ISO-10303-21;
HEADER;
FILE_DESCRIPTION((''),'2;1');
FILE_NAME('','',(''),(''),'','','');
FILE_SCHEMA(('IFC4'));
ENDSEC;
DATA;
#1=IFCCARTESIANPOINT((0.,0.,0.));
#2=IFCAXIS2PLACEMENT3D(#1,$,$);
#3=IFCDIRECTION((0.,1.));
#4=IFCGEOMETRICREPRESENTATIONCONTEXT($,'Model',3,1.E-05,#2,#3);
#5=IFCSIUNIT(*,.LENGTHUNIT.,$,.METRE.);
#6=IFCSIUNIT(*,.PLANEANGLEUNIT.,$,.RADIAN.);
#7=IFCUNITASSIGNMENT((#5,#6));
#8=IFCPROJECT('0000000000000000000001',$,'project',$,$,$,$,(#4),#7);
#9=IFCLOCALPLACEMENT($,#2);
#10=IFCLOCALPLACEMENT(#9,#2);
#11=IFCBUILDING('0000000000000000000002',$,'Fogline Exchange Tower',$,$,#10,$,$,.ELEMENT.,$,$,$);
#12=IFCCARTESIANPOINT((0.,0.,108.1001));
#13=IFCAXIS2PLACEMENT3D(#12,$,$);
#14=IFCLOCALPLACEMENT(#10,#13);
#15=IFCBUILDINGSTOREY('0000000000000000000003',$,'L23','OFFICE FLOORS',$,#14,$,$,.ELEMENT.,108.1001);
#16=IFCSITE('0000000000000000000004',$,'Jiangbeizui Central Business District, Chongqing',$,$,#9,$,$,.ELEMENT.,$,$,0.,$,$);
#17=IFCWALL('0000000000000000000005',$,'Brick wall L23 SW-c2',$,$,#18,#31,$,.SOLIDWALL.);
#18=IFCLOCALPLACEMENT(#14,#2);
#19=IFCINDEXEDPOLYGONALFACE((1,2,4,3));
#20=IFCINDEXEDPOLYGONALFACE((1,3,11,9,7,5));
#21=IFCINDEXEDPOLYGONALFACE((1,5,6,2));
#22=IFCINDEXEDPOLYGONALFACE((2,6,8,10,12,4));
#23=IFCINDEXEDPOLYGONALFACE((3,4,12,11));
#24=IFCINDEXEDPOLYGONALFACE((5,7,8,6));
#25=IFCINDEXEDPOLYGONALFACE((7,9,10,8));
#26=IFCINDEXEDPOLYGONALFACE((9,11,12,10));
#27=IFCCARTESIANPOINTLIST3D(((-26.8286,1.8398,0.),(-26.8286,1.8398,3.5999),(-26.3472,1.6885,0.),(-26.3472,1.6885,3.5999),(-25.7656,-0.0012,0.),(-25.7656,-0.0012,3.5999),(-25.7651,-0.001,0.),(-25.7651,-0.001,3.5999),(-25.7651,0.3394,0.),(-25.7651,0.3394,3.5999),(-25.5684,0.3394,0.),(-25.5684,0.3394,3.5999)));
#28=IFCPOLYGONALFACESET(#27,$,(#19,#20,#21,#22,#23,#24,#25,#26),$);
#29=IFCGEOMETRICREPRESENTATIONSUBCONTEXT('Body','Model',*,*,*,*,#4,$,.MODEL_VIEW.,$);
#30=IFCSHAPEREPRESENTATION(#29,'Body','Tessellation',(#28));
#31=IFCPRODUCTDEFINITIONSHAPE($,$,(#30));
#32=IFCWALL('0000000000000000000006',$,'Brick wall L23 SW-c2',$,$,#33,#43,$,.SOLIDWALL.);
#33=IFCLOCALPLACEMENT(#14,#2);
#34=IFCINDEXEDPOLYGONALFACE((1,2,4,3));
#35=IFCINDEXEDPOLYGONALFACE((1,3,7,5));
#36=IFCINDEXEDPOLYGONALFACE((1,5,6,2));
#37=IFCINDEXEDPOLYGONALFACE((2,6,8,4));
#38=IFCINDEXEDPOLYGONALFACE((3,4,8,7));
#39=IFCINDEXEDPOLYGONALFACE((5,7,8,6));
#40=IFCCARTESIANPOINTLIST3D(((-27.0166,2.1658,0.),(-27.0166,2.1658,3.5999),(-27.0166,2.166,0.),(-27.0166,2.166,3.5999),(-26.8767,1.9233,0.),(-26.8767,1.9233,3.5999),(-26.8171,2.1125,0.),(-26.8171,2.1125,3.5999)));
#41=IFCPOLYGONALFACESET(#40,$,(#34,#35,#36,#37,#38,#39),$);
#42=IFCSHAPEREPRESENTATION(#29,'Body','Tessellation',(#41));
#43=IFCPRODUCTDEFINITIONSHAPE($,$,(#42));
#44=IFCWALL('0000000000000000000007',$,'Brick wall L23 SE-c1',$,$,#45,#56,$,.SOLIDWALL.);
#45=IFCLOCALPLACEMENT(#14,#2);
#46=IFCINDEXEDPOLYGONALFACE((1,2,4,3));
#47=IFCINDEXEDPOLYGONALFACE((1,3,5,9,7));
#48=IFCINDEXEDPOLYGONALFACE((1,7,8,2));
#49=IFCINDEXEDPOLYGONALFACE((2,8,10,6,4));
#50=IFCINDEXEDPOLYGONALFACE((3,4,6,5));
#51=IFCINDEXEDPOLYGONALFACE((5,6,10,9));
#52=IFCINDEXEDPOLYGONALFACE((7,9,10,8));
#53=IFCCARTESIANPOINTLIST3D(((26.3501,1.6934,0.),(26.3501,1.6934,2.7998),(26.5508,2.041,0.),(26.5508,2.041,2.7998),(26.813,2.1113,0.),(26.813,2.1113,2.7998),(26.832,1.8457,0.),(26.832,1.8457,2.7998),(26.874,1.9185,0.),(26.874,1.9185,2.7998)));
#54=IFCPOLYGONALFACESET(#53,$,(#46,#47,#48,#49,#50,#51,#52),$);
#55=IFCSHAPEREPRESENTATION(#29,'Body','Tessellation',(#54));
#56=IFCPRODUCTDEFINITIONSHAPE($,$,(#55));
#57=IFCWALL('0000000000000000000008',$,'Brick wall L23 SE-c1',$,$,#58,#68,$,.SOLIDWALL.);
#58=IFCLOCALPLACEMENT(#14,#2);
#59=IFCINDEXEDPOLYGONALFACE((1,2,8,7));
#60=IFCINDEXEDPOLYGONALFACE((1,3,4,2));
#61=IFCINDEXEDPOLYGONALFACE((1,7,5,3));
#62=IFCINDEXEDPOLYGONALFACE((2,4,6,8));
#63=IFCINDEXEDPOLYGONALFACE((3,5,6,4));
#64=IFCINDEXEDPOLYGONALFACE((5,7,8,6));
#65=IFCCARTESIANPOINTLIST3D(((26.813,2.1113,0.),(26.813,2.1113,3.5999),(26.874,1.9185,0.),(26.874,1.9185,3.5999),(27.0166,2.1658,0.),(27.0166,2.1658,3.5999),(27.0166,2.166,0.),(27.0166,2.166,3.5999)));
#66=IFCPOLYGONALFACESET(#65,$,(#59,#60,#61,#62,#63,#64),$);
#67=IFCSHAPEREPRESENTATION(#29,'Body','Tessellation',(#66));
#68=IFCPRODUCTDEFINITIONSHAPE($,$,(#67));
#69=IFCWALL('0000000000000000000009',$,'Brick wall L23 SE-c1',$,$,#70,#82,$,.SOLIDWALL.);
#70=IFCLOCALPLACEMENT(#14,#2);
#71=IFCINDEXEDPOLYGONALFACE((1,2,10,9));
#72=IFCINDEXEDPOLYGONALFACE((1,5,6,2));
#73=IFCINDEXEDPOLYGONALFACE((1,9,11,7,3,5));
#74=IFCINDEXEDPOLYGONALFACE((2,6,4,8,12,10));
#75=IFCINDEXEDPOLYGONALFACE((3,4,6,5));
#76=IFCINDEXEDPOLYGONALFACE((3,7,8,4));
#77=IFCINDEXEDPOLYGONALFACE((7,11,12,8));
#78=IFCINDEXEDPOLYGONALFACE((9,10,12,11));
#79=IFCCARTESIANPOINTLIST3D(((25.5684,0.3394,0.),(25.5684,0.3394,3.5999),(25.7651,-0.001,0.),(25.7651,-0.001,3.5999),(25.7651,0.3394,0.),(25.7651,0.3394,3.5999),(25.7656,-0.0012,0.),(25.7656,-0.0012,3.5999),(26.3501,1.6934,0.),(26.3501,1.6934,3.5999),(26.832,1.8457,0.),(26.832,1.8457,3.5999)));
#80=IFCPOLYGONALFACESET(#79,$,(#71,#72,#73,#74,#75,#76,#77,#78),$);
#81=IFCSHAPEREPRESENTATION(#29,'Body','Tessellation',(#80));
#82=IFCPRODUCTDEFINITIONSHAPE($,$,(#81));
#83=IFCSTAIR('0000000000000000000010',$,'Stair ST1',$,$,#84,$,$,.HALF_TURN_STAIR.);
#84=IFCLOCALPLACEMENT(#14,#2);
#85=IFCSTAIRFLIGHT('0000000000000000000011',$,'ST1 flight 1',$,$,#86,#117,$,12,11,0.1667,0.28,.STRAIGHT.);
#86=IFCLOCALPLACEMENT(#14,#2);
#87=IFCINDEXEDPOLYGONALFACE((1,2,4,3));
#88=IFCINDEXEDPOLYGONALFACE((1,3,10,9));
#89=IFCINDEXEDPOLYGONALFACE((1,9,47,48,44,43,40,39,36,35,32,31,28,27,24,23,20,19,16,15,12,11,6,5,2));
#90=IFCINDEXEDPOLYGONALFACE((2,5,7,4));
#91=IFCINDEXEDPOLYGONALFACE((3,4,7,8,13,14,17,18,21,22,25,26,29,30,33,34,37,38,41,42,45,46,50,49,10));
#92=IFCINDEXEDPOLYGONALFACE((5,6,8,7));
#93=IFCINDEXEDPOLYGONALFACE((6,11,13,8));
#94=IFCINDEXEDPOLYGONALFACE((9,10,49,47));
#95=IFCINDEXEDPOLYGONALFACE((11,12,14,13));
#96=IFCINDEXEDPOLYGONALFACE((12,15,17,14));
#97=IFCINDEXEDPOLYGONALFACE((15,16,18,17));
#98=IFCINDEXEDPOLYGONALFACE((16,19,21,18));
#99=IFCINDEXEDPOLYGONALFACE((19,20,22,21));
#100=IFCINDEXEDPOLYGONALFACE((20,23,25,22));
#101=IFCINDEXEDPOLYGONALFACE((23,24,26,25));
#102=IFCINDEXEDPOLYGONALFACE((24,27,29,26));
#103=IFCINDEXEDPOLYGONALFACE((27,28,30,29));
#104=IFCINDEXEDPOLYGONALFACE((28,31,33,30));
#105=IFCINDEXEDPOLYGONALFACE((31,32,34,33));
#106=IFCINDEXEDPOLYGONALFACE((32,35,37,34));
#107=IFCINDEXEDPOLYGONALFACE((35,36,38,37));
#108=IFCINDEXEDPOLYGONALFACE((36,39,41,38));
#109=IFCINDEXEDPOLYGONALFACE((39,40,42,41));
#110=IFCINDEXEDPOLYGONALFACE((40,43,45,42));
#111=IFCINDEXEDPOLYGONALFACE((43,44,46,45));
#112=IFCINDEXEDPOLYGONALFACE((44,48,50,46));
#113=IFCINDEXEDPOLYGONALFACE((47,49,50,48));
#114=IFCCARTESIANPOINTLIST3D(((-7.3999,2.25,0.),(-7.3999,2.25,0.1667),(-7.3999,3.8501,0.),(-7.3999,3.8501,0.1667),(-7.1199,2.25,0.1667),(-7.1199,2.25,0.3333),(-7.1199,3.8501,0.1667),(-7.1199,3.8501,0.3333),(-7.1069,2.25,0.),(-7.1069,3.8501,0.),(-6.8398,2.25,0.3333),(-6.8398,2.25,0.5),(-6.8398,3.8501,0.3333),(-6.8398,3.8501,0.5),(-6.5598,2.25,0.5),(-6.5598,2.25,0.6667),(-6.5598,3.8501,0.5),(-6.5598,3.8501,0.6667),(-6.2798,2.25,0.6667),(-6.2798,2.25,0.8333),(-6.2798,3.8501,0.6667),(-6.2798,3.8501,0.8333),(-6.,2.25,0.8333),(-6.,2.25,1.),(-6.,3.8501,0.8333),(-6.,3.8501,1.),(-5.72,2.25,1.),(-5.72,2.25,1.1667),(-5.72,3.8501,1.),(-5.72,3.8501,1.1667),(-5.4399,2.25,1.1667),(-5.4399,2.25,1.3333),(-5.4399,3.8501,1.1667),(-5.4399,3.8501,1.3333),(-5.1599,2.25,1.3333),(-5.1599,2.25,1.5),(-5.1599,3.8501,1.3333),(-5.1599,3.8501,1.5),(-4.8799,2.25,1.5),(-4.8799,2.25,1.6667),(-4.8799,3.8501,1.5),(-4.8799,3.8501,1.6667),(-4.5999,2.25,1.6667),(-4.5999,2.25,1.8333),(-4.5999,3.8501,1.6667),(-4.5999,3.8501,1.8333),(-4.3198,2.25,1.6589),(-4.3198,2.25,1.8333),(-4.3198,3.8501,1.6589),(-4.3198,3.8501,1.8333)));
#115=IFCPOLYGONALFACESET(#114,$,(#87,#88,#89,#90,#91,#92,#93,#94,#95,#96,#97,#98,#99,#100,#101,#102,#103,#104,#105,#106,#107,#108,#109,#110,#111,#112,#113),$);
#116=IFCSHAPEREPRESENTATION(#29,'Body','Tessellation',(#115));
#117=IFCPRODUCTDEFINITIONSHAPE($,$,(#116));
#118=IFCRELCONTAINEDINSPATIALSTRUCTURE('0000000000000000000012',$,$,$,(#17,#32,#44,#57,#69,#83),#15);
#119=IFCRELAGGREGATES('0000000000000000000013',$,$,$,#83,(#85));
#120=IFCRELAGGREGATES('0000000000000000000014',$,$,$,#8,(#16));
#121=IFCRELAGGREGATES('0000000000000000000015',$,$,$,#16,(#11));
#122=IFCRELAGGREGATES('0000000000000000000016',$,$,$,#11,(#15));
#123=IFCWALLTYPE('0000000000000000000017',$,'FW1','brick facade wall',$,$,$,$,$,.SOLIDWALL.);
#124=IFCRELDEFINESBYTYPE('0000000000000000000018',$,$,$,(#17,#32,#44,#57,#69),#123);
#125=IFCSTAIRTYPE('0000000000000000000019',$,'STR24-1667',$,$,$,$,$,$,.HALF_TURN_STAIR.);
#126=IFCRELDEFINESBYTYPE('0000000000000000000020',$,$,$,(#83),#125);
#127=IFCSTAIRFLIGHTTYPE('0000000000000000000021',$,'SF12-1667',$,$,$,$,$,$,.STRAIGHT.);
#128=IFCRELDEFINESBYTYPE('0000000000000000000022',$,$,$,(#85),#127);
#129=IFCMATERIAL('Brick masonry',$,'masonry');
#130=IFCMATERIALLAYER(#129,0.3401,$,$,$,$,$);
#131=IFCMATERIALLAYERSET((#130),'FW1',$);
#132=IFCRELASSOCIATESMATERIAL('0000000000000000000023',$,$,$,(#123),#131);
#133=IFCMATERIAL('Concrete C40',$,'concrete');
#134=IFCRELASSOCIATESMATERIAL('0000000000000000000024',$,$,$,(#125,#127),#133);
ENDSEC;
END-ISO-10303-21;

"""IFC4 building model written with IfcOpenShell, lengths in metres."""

from ifc_helpers import new_model, si_unit, direction, frame, origin, place, context, subcontext, project, spatial, polyline, outline, extrude, material, layer, layer_set, type_object, element, aggregate, save


model = new_model("IFC4")

# Units and contexts
model_context = context("Model", 3, precision=1e-05, world=origin(), true_north=direction((0.0, 1.0)))
body_context = subcontext(model_context, "Body", "Model", "MODEL_VIEW")
ifc_project = project(units=[si_unit("LENGTHUNIT", "METRE"), si_unit("PLANEANGLEUNIT", "RADIAN")], contexts=[model_context])

# Site, building, storey
site_placement = place(None, origin())
site = spatial("IfcSite", under=ifc_project, at=site_placement, Name="Jiangbeizui Central Business District, Chongqing", CompositionType="ELEMENT", RefElevation=0.0)
building_placement = place(site_placement, origin())
building = spatial("IfcBuilding", under=site, at=building_placement, Name="Fogline Exchange Tower", CompositionType="ELEMENT")
storey_placement = place(building_placement, frame((0.0, 0.0, 108.1001)))
storey = spatial("IfcBuildingStorey", under=building, at=storey_placement, Name="L23", Description="OFFICE FLOORS", CompositionType="ELEMENT", Elevation=108.1001)

# Shared definitions
ifc_material_1 = material(Name="Concrete C40", Category="concrete")

# Walls
ifc_material_2 = material(Name="Brick masonry", Category="masonry")
ifc_layer_1 = layer(ifc_material_2, 0.3401)
ifc_layer_set_1 = layer_set([ifc_layer_1], Name="FW1")
wall_type_1 = type_object("IfcWallType", Name="FW1", Description="brick facade wall", PredefinedType="SOLIDWALL", material=ifc_layer_set_1)
wall_1_placement = place(storey_placement, origin())
element("IfcWall", 1, at=wall_1_placement, inside=storey, type_object=wall_type_1, Name="Brick wall L23 SW-c2", PredefinedType="SOLIDWALL", context=body_context, shape_type="SweptSolid", body=[
    extrude(outline(polyline([(-25.7651, 0.3394), (-25.7651, -0.001), (-25.7656, -0.0012), (-26.8286, 1.8398), (-26.3472, 1.6885), (-25.5684, 0.3394), (-25.7651, 0.3394)])), origin(), (0.0, 0.0, 1.0), 3.5999),
])
wall_2_placement = place(storey_placement, origin())
element("IfcWall", 2, at=wall_2_placement, inside=storey, type_object=wall_type_1, Name="Brick wall L23 SW-c2", PredefinedType="SOLIDWALL", context=body_context, shape_type="SweptSolid", body=[
    extrude(outline(polyline([(-27.0166, 2.1658), (-27.0166, 2.166), (-26.8171, 2.1125), (-26.8767, 1.9233), (-27.0166, 2.1658)])), origin(), (0.0, 0.0, 1.0), 3.5999),
])
wall_3_placement = place(storey_placement, origin())
element("IfcWall", 3, at=wall_3_placement, inside=storey, type_object=wall_type_1, Name="Brick wall L23 SE-c1", PredefinedType="SOLIDWALL", context=body_context, shape_type="SweptSolid", body=[
    extrude(outline(polyline([(26.832, 1.8457), (26.3501, 1.6934), (26.5508, 2.041), (26.813, 2.1113), (26.874, 1.9185), (26.832, 1.8457)])), origin(), (0.0, 0.0, 1.0), 2.7998),
])
wall_4_placement = place(storey_placement, origin())
element("IfcWall", 4, at=wall_4_placement, inside=storey, type_object=wall_type_1, Name="Brick wall L23 SE-c1", PredefinedType="SOLIDWALL", context=body_context, shape_type="SweptSolid", body=[
    extrude(outline(polyline([(26.874, 1.9185), (26.813, 2.1113), (27.0166, 2.166), (27.0166, 2.1658), (26.874, 1.9185)])), origin(), (0.0, 0.0, 1.0), 3.5999),
])
wall_5_placement = place(storey_placement, origin())
element("IfcWall", 5, at=wall_5_placement, inside=storey, type_object=wall_type_1, Name="Brick wall L23 SE-c1", PredefinedType="SOLIDWALL", context=body_context, shape_type="SweptSolid", body=[
    extrude(outline(polyline([(25.7656, -0.0012), (25.7651, -0.001), (25.7651, 0.3394), (25.5684, 0.3394), (26.3501, 1.6934), (26.832, 1.8457), (25.7656, -0.0012)])), origin(), (0.0, 0.0, 1.0), 3.5999),
])

# Stair, stair flight
stair_type = type_object("IfcStairType", Name="STR24-1667", PredefinedType="HALF_TURN_STAIR", material=ifc_material_1)
stair_placement = place(storey_placement, origin())
stair = element("IfcStair", 6, at=stair_placement, inside=storey, type_object=stair_type, Name="Stair ST1", PredefinedType="HALF_TURN_STAIR")
stair_flight_type = type_object("IfcStairFlightType", Name="SF12-1667", PredefinedType="STRAIGHT", material=ifc_material_1)
stair_flight_placement = place(storey_placement, frame((-7.3999, 3.05, 0.0), z_axis=(0.0, 0.0, 1.0), x_axis=(1.0, 0.0, 0.0)))
stair_flight = element("IfcStairFlight", 7, at=stair_flight_placement, type_object=stair_flight_type, Name="ST1 flight 1", NumberOfRisers=12, NumberOfTreads=11, PredefinedType="STRAIGHT", RiserHeight=0.1667, TreadLength=0.28, context=body_context, shape_type="SweptSolid", body=[
    extrude(outline(polyline([(0.0, 0.0), (0.0, 0.1667), (0.28, 0.1667), (0.28, 0.3333), (0.5601, 0.3333), (0.5601, 0.5), (0.8401, 0.5), (0.8401, 0.6667), (1.1201, 0.6667), (1.1201, 0.8333), (1.3999, 0.8333), (1.3999, 1.0), (1.6799, 1.0), (1.6799, 1.1667), (1.96, 1.1667), (1.96, 1.3333), (2.24, 1.3333), (2.24, 1.5), (2.52, 1.5), (2.52, 1.6667), (2.8, 1.6667), (2.8, 1.8333), (3.0801, 1.8333), (3.0801, 2.0), (3.0801, 1.6589), (0.293, 0.0), (0.0, 0.0)])), frame((0.0, 0.8, 0.0), z_axis=(0.0, -1.0, 0.0), x_axis=(1.0, 0.0, 0.0)), (0.0, 0.0, 1.0), 1.6001),
])
aggregate(stair, [stair_flight])

save(model, "model.ifc")
